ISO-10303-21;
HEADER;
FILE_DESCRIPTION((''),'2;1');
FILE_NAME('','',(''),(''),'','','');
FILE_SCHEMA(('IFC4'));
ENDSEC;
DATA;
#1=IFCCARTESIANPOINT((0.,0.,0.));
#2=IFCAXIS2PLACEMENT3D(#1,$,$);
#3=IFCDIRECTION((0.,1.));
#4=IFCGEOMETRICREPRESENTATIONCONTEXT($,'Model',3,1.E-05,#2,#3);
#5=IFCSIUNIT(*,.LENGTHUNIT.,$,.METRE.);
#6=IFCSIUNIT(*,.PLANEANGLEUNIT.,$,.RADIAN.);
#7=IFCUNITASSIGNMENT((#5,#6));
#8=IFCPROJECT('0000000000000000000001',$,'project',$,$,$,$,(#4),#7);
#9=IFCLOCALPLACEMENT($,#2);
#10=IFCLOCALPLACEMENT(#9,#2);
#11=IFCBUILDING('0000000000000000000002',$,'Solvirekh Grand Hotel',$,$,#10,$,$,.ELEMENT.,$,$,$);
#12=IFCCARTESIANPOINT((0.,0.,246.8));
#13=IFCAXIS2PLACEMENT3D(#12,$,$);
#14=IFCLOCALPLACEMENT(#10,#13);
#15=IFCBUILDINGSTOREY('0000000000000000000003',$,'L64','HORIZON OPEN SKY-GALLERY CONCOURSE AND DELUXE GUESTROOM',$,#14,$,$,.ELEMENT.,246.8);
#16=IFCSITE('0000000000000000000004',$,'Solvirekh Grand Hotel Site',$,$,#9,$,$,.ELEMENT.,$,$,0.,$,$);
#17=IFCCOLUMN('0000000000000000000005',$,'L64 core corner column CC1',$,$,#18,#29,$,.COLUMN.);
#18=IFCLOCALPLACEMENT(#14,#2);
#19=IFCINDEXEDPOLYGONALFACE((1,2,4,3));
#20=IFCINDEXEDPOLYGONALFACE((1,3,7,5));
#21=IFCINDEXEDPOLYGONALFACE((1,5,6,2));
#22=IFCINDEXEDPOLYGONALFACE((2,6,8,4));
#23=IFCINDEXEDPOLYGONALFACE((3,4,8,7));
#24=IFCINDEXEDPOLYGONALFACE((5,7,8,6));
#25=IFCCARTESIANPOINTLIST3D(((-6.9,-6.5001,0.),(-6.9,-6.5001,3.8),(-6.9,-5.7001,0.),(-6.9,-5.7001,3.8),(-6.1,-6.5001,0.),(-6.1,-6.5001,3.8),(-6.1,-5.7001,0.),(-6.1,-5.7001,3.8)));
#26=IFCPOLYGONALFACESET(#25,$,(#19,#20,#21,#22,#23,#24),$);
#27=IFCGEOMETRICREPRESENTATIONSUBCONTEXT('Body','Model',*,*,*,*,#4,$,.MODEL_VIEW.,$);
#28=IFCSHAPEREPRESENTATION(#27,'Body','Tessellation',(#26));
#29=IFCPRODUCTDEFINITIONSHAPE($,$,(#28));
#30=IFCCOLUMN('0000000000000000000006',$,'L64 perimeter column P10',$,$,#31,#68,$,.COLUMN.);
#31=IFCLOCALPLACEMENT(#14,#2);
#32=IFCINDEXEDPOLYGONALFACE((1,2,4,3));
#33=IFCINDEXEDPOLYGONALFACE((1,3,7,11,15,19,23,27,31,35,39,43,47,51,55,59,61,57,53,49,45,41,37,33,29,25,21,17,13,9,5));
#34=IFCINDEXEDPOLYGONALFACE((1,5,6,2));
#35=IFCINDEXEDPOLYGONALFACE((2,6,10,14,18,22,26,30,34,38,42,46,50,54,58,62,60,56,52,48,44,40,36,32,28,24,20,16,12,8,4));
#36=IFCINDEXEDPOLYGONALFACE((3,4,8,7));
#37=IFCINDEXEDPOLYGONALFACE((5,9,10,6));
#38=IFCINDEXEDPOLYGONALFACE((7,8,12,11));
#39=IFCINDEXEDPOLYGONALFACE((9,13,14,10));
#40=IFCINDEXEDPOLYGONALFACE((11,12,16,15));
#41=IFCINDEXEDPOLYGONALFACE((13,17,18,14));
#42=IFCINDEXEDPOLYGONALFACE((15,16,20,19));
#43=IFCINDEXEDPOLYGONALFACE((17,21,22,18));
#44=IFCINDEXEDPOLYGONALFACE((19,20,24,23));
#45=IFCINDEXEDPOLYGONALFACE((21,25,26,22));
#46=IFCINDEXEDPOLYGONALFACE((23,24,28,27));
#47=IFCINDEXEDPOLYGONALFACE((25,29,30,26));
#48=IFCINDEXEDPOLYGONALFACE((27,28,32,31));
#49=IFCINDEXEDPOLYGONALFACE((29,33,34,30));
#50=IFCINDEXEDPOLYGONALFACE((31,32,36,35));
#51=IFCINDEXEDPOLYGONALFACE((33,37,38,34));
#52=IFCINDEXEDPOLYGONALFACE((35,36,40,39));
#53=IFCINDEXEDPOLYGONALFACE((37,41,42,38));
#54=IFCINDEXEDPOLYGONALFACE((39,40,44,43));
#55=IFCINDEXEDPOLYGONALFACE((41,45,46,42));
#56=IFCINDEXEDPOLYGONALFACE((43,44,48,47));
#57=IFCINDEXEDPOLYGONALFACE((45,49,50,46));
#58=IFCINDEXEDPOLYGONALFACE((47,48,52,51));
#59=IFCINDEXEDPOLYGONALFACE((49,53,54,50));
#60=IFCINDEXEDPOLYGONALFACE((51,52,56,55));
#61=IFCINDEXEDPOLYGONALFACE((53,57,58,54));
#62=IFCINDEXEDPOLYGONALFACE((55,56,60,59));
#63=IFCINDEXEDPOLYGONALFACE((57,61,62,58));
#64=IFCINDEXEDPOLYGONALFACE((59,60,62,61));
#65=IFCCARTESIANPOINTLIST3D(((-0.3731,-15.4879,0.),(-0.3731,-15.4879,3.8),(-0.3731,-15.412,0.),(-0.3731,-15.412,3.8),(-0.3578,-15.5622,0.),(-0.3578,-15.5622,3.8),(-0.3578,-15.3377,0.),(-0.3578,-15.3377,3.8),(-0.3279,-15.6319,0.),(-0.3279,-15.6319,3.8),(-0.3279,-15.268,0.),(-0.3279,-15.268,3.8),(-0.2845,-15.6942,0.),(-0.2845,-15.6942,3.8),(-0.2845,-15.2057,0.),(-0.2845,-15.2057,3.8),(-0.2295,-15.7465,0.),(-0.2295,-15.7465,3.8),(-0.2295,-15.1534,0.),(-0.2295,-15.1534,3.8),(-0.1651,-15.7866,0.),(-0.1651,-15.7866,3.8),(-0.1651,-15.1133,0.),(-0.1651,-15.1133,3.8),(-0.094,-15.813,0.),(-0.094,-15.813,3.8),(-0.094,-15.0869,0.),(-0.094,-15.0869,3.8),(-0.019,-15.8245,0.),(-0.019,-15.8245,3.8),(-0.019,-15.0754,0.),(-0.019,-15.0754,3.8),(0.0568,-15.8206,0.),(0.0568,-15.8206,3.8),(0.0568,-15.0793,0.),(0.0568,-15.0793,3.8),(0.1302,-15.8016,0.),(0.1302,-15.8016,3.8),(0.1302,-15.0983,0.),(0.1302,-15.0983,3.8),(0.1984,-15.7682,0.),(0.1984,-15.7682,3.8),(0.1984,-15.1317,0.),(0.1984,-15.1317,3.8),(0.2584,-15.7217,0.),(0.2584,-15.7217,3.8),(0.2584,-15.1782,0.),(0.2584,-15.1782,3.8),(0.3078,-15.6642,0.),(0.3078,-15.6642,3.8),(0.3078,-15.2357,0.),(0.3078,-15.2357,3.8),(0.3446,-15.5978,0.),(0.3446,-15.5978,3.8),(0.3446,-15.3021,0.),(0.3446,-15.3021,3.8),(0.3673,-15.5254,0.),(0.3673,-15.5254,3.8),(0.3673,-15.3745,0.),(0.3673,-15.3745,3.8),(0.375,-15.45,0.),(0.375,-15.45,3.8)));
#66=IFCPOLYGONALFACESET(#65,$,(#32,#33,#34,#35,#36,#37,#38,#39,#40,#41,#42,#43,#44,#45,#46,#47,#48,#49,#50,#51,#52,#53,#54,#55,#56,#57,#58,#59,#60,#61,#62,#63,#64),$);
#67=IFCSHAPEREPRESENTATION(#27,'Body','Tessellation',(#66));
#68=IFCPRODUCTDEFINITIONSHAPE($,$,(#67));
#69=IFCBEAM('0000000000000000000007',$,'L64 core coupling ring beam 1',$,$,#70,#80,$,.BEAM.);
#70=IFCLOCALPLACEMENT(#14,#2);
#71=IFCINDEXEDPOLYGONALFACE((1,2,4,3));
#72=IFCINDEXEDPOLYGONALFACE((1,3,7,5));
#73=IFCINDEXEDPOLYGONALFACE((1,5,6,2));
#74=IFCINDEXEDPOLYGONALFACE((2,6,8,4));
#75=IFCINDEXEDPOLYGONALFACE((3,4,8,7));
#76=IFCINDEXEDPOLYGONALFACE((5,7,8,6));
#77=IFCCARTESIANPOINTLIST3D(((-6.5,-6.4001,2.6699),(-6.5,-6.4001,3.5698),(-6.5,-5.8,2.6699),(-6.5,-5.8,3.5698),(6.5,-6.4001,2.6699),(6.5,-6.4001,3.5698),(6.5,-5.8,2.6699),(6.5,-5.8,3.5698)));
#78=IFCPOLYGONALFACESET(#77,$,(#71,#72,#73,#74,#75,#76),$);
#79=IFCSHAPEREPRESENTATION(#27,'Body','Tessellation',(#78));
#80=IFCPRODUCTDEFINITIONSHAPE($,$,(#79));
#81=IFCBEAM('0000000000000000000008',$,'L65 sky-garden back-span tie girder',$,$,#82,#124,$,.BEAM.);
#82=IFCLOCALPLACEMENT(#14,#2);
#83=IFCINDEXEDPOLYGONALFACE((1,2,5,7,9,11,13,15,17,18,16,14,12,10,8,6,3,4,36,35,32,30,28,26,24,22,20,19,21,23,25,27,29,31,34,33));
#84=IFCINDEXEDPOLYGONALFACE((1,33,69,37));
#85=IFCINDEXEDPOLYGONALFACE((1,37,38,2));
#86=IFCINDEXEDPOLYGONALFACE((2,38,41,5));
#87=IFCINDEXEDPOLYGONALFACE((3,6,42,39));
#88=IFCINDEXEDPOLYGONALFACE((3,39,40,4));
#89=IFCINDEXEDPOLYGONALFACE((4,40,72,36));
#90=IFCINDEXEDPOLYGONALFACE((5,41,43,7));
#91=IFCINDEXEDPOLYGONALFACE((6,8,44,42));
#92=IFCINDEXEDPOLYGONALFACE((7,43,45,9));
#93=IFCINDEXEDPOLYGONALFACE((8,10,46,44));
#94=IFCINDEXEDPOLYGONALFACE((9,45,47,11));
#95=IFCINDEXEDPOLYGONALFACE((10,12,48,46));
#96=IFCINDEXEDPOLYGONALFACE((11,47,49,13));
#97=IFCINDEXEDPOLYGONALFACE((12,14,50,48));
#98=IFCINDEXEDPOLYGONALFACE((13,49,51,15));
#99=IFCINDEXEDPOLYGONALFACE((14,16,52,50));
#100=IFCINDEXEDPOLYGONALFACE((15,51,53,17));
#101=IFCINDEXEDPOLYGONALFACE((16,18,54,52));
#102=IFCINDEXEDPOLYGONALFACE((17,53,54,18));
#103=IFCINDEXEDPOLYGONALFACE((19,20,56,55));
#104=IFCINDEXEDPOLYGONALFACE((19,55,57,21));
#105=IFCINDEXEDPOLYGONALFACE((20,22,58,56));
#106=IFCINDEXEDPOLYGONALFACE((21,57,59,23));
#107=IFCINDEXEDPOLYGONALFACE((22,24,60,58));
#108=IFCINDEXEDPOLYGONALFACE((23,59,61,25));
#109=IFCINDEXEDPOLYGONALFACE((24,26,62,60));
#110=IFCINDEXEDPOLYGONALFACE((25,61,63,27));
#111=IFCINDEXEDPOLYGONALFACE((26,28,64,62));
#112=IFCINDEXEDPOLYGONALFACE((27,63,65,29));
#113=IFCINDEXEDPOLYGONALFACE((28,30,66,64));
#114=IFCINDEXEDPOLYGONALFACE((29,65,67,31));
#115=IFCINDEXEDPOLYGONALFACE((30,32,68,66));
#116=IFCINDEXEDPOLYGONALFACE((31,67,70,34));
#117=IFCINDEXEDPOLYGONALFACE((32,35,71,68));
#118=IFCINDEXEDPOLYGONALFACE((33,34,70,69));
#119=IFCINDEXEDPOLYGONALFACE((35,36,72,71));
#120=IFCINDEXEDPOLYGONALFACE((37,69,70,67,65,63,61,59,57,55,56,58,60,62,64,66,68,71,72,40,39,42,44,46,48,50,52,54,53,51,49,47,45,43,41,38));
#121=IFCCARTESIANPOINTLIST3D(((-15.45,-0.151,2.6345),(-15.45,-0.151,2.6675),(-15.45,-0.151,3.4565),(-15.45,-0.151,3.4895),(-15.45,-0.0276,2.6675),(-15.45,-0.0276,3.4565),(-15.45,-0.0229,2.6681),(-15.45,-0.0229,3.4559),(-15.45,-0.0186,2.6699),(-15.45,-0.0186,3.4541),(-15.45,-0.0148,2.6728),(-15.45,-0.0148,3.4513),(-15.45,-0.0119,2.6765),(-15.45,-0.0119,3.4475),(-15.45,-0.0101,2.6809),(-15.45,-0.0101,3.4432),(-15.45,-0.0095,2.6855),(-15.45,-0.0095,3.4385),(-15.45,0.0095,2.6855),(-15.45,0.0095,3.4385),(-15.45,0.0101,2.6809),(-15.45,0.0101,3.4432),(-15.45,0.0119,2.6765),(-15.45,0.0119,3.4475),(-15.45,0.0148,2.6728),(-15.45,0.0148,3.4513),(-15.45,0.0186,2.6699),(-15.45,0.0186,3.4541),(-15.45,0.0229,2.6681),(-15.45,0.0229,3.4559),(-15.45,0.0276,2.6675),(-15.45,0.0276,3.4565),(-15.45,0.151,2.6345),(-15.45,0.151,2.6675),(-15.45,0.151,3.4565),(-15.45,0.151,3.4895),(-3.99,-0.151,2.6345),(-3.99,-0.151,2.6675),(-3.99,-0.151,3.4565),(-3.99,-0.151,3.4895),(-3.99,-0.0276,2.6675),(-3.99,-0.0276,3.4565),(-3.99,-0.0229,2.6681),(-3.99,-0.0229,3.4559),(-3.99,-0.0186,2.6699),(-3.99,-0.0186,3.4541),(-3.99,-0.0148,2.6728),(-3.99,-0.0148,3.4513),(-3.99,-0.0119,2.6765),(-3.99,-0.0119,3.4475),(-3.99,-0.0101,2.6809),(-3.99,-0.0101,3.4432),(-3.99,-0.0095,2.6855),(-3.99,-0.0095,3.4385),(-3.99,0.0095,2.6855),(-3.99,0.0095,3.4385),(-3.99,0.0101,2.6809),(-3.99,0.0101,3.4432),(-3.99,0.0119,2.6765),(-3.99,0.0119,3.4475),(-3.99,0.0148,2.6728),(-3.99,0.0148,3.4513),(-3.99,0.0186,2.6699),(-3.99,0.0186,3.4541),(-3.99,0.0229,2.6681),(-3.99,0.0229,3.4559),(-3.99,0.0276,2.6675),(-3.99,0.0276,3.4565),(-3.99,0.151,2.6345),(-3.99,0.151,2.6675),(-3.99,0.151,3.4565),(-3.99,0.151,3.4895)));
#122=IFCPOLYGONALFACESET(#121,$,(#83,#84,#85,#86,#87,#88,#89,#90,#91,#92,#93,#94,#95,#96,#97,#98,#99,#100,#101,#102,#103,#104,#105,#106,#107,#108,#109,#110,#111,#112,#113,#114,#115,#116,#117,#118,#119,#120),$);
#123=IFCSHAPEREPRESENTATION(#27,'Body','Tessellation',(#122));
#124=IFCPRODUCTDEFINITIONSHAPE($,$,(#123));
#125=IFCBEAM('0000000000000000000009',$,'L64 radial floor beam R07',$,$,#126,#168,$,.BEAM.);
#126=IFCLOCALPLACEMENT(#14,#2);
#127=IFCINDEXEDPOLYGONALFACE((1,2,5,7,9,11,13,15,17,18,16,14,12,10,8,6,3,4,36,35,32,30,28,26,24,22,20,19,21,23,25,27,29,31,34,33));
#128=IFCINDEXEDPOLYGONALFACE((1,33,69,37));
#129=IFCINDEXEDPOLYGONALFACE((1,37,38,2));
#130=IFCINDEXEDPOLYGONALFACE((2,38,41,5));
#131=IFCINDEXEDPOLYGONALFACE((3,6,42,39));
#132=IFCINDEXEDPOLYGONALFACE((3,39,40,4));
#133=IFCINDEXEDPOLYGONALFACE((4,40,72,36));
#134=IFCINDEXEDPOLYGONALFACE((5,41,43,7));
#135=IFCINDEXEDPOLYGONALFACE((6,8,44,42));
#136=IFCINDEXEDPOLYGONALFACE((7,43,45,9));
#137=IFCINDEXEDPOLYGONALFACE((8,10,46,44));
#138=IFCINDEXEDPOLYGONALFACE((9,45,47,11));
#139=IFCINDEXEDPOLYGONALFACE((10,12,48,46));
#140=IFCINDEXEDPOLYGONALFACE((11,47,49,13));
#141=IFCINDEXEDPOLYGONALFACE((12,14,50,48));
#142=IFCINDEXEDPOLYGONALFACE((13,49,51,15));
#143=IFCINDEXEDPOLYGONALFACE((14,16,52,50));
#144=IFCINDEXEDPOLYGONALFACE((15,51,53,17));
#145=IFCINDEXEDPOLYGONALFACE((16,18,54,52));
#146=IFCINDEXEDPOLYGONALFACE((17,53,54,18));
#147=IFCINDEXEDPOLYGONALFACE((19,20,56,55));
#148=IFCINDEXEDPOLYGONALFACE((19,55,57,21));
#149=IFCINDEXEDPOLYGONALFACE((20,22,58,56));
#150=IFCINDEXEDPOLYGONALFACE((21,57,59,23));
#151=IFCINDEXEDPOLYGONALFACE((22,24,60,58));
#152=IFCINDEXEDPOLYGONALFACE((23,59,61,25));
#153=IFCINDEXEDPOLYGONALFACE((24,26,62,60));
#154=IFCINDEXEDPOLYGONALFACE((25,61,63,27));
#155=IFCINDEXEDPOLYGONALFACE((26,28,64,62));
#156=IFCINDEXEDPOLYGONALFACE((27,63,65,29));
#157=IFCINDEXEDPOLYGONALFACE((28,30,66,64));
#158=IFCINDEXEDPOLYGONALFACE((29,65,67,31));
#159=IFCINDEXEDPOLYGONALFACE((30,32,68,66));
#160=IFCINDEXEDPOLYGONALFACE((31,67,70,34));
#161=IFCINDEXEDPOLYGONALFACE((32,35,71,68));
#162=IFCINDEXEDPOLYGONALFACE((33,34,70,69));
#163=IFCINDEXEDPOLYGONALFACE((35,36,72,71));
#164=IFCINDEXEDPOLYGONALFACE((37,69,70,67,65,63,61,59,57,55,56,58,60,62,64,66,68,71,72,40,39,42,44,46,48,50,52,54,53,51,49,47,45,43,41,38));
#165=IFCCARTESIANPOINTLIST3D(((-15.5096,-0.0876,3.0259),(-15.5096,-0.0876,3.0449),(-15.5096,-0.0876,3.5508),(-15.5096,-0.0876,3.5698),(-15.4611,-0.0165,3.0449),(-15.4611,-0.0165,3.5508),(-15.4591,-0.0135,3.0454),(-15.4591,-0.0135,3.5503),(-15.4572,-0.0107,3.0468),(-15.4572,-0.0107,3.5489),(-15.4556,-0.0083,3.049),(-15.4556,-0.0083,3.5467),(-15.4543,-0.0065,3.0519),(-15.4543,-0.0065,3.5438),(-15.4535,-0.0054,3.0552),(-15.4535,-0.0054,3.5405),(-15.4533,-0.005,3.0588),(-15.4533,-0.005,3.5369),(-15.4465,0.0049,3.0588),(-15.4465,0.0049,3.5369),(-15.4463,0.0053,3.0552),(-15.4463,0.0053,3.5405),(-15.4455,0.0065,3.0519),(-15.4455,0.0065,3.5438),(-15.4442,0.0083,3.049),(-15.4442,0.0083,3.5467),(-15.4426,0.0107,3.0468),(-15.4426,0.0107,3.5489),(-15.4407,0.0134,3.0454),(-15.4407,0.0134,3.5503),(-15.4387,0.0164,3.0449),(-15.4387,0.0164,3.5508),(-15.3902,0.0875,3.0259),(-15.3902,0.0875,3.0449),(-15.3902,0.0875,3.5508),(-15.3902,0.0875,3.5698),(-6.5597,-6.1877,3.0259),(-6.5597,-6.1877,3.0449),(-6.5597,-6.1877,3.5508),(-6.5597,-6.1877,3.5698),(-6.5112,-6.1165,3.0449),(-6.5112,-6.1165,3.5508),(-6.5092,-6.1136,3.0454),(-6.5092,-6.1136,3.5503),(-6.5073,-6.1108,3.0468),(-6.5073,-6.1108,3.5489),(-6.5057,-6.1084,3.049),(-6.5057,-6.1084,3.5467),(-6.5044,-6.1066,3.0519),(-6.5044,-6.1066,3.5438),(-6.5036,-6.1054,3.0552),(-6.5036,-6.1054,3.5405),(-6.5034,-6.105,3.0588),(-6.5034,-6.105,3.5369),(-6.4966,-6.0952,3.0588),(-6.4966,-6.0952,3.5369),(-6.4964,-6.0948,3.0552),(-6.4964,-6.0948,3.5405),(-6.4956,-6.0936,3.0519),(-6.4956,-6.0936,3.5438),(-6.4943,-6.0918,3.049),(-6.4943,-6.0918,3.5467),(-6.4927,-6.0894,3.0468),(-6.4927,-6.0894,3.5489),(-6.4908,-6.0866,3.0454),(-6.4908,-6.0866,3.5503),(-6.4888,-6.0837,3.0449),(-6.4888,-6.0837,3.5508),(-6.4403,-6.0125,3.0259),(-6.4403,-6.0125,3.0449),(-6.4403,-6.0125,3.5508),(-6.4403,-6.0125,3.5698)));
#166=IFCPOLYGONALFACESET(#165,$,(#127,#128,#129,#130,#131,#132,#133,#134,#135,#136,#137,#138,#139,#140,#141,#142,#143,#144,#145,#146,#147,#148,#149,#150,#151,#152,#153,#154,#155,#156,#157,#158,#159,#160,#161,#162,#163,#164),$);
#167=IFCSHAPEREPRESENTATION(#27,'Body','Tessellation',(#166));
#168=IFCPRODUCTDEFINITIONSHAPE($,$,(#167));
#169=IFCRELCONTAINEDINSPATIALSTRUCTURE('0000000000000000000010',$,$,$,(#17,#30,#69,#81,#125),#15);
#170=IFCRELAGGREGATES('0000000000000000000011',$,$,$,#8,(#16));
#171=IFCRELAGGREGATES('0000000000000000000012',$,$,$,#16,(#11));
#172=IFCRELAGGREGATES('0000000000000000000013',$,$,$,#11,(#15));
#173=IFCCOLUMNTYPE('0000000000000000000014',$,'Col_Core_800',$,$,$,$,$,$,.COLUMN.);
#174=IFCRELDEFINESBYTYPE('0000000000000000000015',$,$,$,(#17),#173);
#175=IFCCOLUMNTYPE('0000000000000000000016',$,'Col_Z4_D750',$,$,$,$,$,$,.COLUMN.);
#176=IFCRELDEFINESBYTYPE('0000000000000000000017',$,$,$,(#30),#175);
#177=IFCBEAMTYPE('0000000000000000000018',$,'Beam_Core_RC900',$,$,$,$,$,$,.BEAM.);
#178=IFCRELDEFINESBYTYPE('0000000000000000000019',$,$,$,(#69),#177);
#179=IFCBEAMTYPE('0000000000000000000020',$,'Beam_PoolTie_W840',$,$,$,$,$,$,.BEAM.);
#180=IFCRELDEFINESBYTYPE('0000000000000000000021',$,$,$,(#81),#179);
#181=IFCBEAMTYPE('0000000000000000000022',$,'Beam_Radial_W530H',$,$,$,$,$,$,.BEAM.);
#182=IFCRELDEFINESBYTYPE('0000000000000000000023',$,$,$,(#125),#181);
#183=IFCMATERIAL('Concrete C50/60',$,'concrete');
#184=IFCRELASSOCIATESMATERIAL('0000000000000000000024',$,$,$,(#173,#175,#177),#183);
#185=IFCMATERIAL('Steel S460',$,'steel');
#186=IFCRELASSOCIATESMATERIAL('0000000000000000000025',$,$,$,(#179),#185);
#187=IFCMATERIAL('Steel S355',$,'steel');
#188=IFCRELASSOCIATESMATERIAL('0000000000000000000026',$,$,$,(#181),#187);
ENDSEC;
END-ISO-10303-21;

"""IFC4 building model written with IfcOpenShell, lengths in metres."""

from ifc_helpers import new_model, si_unit, direction, frame, origin, origin_2d, place, context, subcontext, project, spatial, rectangle, circle, i_section, extrude, material, material_profile, profile_set, type_object, element, save


model = new_model("IFC4")

# Units and contexts
model_context = context("Model", 3, precision=1e-05, world=origin(), true_north=direction((0.0, 1.0)))
body_context = subcontext(model_context, "Body", "Model", "MODEL_VIEW")
ifc_project = project(units=[si_unit("LENGTHUNIT", "METRE"), si_unit("PLANEANGLEUNIT", "RADIAN")], contexts=[model_context])

# Site, building, storey
site_placement = place(None, origin())
site = spatial("IfcSite", under=ifc_project, at=site_placement, Name="Solvirekh Grand Hotel Site", CompositionType="ELEMENT", RefElevation=0.0)
building_placement = place(site_placement, origin())
building = spatial("IfcBuilding", under=site, at=building_placement, Name="Solvirekh Grand Hotel", CompositionType="ELEMENT")
storey_placement = place(building_placement, frame((0.0, 0.0, 246.8)))
storey = spatial("IfcBuildingStorey", under=building, at=storey_placement, Name="L64", Description="HORIZON OPEN SKY-GALLERY CONCOURSE AND DELUXE GUESTROOM", CompositionType="ELEMENT", Elevation=246.8)

# Columns
ifc_material_1 = material(Name="Concrete C50/60", Category="concrete")
ifc_material_profile_1 = material_profile(ifc_material_1, rectangle(XDim=0.8, YDim=0.8, at=origin_2d()), Name="RC 800X800")
ifc_profile_set_1 = profile_set([ifc_material_profile_1], Name="Concrete C50/60")
column_type_1 = type_object("IfcColumnType", Name="Col_Core_800", PredefinedType="COLUMN", material=ifc_profile_set_1)
column_1_placement = place(storey_placement, frame((-6.5, -6.1001, 0.0), z_axis=(0.0, 0.0, 1.0), x_axis=(1.0, 0.0, 0.0)))
element("IfcColumn", 1, at=column_1_placement, inside=storey, type_object=column_type_1, Name="L64 core corner column CC1", PredefinedType="COLUMN", context=body_context, shape_type="SweptSolid", body=[
    extrude(rectangle(XDim=0.8, YDim=0.8, at=origin_2d()), origin(), (0.0, 0.0, 1.0), 3.8),
])
ifc_material_profile_2 = material_profile(ifc_material_1, circle(Radius=0.375, at=origin_2d()), Name="RC CIRC D750")
ifc_profile_set_2 = profile_set([ifc_material_profile_2], Name="Concrete C50/60")
column_type_2 = type_object("IfcColumnType", Name="Col_Z4_D750", PredefinedType="COLUMN", material=ifc_profile_set_2)
column_2_placement = place(storey_placement, frame((0.0, -15.45, 0.0), z_axis=(0.0, 0.0, 1.0), x_axis=(1.0, 0.0, 0.0)))
element("IfcColumn", 2, at=column_2_placement, inside=storey, type_object=column_type_2, Name="L64 perimeter column P10", PredefinedType="COLUMN", context=body_context, shape_type="SweptSolid", body=[
    extrude(circle(Radius=0.375, at=origin_2d()), origin(), (0.0, 0.0, 1.0), 3.8),
])

# Beams
ifc_material_profile_3 = material_profile(ifc_material_1, rectangle(XDim=0.6001, YDim=0.8999, at=origin_2d()), Name="RC BEAM 600X900")
ifc_profile_set_3 = profile_set([ifc_material_profile_3], Name="Concrete C50/60")
beam_type_1 = type_object("IfcBeamType", Name="Beam_Core_RC900", PredefinedType="BEAM", material=ifc_profile_set_3)
beam_1_placement = place(storey_placement, frame((-6.5, -6.1001, 3.1199), z_axis=(1.0, 0.0, 0.0), x_axis=(0.0, 1.0, 0.0)))
element("IfcBeam", 3, at=beam_1_placement, inside=storey, type_object=beam_type_1, Name="L64 core coupling ring beam 1", PredefinedType="BEAM", context=body_context, shape_type="SweptSolid", body=[
    extrude(rectangle(XDim=0.6001, YDim=0.8999, at=origin_2d()), origin(), (0.0, 0.0, 1.0), 13.0),
])
ifc_material_2 = material(Name="Steel S460", Category="steel")
ifc_material_profile_4 = material_profile(ifc_material_2, i_section(OverallWidth=0.302, OverallDepth=0.855, WebThickness=0.019, FlangeThickness=0.033, FilletRadius=0.0181, at=origin_2d()), Name="W840X299")
ifc_profile_set_4 = profile_set([ifc_material_profile_4], Name="Steel S460")
beam_type_2 = type_object("IfcBeamType", Name="Beam_PoolTie_W840", PredefinedType="BEAM", material=ifc_profile_set_4)
beam_2_placement = place(storey_placement, frame((-3.99, 0.0, 3.062), z_axis=(-1.0, 0.0, 0.0), x_axis=(0.0, -1.0, 0.0)))
element("IfcBeam", 4, at=beam_2_placement, inside=storey, type_object=beam_type_2, Name="L65 sky-garden back-span tie girder", PredefinedType="BEAM", context=body_context, shape_type="SweptSolid", body=[
    extrude(i_section(OverallWidth=0.302, OverallDepth=0.855, WebThickness=0.019, FlangeThickness=0.033, FilletRadius=0.0181, at=origin_2d()), origin(), (0.0, 0.0, 1.0), 11.46),
])
ifc_material_3 = material(Name="Steel S355", Category="steel")
ifc_material_profile_5 = material_profile(ifc_material_3, i_section(OverallWidth=0.2119, OverallDepth=0.5439, WebThickness=0.012, FlangeThickness=0.019, FilletRadius=0.0139, at=origin_2d()), Name="W530X123")
ifc_profile_set_5 = profile_set([ifc_material_profile_5], Name="Steel S355")
beam_type_3 = type_object("IfcBeamType", Name="Beam_Radial_W530H", PredefinedType="BEAM", material=ifc_profile_set_5)
beam_3_placement = place(storey_placement, frame((-6.5, -6.1001, 3.2979), z_axis=(-0.826319, 0.563202, 0.0), x_axis=(-0.563202, -0.826319, 0.0)))
element("IfcBeam", 5, at=beam_3_placement, inside=storey, type_object=beam_type_3, Name="L64 radial floor beam R07", PredefinedType="BEAM", context=body_context, shape_type="SweptSolid", body=[
    extrude(i_section(OverallWidth=0.2119, OverallDepth=0.5439, WebThickness=0.012, FlangeThickness=0.019, FilletRadius=0.0139, at=origin_2d()), origin(), (0.0, 0.0, 1.0), 10.8311),
])

save(model, "model.ifc")
